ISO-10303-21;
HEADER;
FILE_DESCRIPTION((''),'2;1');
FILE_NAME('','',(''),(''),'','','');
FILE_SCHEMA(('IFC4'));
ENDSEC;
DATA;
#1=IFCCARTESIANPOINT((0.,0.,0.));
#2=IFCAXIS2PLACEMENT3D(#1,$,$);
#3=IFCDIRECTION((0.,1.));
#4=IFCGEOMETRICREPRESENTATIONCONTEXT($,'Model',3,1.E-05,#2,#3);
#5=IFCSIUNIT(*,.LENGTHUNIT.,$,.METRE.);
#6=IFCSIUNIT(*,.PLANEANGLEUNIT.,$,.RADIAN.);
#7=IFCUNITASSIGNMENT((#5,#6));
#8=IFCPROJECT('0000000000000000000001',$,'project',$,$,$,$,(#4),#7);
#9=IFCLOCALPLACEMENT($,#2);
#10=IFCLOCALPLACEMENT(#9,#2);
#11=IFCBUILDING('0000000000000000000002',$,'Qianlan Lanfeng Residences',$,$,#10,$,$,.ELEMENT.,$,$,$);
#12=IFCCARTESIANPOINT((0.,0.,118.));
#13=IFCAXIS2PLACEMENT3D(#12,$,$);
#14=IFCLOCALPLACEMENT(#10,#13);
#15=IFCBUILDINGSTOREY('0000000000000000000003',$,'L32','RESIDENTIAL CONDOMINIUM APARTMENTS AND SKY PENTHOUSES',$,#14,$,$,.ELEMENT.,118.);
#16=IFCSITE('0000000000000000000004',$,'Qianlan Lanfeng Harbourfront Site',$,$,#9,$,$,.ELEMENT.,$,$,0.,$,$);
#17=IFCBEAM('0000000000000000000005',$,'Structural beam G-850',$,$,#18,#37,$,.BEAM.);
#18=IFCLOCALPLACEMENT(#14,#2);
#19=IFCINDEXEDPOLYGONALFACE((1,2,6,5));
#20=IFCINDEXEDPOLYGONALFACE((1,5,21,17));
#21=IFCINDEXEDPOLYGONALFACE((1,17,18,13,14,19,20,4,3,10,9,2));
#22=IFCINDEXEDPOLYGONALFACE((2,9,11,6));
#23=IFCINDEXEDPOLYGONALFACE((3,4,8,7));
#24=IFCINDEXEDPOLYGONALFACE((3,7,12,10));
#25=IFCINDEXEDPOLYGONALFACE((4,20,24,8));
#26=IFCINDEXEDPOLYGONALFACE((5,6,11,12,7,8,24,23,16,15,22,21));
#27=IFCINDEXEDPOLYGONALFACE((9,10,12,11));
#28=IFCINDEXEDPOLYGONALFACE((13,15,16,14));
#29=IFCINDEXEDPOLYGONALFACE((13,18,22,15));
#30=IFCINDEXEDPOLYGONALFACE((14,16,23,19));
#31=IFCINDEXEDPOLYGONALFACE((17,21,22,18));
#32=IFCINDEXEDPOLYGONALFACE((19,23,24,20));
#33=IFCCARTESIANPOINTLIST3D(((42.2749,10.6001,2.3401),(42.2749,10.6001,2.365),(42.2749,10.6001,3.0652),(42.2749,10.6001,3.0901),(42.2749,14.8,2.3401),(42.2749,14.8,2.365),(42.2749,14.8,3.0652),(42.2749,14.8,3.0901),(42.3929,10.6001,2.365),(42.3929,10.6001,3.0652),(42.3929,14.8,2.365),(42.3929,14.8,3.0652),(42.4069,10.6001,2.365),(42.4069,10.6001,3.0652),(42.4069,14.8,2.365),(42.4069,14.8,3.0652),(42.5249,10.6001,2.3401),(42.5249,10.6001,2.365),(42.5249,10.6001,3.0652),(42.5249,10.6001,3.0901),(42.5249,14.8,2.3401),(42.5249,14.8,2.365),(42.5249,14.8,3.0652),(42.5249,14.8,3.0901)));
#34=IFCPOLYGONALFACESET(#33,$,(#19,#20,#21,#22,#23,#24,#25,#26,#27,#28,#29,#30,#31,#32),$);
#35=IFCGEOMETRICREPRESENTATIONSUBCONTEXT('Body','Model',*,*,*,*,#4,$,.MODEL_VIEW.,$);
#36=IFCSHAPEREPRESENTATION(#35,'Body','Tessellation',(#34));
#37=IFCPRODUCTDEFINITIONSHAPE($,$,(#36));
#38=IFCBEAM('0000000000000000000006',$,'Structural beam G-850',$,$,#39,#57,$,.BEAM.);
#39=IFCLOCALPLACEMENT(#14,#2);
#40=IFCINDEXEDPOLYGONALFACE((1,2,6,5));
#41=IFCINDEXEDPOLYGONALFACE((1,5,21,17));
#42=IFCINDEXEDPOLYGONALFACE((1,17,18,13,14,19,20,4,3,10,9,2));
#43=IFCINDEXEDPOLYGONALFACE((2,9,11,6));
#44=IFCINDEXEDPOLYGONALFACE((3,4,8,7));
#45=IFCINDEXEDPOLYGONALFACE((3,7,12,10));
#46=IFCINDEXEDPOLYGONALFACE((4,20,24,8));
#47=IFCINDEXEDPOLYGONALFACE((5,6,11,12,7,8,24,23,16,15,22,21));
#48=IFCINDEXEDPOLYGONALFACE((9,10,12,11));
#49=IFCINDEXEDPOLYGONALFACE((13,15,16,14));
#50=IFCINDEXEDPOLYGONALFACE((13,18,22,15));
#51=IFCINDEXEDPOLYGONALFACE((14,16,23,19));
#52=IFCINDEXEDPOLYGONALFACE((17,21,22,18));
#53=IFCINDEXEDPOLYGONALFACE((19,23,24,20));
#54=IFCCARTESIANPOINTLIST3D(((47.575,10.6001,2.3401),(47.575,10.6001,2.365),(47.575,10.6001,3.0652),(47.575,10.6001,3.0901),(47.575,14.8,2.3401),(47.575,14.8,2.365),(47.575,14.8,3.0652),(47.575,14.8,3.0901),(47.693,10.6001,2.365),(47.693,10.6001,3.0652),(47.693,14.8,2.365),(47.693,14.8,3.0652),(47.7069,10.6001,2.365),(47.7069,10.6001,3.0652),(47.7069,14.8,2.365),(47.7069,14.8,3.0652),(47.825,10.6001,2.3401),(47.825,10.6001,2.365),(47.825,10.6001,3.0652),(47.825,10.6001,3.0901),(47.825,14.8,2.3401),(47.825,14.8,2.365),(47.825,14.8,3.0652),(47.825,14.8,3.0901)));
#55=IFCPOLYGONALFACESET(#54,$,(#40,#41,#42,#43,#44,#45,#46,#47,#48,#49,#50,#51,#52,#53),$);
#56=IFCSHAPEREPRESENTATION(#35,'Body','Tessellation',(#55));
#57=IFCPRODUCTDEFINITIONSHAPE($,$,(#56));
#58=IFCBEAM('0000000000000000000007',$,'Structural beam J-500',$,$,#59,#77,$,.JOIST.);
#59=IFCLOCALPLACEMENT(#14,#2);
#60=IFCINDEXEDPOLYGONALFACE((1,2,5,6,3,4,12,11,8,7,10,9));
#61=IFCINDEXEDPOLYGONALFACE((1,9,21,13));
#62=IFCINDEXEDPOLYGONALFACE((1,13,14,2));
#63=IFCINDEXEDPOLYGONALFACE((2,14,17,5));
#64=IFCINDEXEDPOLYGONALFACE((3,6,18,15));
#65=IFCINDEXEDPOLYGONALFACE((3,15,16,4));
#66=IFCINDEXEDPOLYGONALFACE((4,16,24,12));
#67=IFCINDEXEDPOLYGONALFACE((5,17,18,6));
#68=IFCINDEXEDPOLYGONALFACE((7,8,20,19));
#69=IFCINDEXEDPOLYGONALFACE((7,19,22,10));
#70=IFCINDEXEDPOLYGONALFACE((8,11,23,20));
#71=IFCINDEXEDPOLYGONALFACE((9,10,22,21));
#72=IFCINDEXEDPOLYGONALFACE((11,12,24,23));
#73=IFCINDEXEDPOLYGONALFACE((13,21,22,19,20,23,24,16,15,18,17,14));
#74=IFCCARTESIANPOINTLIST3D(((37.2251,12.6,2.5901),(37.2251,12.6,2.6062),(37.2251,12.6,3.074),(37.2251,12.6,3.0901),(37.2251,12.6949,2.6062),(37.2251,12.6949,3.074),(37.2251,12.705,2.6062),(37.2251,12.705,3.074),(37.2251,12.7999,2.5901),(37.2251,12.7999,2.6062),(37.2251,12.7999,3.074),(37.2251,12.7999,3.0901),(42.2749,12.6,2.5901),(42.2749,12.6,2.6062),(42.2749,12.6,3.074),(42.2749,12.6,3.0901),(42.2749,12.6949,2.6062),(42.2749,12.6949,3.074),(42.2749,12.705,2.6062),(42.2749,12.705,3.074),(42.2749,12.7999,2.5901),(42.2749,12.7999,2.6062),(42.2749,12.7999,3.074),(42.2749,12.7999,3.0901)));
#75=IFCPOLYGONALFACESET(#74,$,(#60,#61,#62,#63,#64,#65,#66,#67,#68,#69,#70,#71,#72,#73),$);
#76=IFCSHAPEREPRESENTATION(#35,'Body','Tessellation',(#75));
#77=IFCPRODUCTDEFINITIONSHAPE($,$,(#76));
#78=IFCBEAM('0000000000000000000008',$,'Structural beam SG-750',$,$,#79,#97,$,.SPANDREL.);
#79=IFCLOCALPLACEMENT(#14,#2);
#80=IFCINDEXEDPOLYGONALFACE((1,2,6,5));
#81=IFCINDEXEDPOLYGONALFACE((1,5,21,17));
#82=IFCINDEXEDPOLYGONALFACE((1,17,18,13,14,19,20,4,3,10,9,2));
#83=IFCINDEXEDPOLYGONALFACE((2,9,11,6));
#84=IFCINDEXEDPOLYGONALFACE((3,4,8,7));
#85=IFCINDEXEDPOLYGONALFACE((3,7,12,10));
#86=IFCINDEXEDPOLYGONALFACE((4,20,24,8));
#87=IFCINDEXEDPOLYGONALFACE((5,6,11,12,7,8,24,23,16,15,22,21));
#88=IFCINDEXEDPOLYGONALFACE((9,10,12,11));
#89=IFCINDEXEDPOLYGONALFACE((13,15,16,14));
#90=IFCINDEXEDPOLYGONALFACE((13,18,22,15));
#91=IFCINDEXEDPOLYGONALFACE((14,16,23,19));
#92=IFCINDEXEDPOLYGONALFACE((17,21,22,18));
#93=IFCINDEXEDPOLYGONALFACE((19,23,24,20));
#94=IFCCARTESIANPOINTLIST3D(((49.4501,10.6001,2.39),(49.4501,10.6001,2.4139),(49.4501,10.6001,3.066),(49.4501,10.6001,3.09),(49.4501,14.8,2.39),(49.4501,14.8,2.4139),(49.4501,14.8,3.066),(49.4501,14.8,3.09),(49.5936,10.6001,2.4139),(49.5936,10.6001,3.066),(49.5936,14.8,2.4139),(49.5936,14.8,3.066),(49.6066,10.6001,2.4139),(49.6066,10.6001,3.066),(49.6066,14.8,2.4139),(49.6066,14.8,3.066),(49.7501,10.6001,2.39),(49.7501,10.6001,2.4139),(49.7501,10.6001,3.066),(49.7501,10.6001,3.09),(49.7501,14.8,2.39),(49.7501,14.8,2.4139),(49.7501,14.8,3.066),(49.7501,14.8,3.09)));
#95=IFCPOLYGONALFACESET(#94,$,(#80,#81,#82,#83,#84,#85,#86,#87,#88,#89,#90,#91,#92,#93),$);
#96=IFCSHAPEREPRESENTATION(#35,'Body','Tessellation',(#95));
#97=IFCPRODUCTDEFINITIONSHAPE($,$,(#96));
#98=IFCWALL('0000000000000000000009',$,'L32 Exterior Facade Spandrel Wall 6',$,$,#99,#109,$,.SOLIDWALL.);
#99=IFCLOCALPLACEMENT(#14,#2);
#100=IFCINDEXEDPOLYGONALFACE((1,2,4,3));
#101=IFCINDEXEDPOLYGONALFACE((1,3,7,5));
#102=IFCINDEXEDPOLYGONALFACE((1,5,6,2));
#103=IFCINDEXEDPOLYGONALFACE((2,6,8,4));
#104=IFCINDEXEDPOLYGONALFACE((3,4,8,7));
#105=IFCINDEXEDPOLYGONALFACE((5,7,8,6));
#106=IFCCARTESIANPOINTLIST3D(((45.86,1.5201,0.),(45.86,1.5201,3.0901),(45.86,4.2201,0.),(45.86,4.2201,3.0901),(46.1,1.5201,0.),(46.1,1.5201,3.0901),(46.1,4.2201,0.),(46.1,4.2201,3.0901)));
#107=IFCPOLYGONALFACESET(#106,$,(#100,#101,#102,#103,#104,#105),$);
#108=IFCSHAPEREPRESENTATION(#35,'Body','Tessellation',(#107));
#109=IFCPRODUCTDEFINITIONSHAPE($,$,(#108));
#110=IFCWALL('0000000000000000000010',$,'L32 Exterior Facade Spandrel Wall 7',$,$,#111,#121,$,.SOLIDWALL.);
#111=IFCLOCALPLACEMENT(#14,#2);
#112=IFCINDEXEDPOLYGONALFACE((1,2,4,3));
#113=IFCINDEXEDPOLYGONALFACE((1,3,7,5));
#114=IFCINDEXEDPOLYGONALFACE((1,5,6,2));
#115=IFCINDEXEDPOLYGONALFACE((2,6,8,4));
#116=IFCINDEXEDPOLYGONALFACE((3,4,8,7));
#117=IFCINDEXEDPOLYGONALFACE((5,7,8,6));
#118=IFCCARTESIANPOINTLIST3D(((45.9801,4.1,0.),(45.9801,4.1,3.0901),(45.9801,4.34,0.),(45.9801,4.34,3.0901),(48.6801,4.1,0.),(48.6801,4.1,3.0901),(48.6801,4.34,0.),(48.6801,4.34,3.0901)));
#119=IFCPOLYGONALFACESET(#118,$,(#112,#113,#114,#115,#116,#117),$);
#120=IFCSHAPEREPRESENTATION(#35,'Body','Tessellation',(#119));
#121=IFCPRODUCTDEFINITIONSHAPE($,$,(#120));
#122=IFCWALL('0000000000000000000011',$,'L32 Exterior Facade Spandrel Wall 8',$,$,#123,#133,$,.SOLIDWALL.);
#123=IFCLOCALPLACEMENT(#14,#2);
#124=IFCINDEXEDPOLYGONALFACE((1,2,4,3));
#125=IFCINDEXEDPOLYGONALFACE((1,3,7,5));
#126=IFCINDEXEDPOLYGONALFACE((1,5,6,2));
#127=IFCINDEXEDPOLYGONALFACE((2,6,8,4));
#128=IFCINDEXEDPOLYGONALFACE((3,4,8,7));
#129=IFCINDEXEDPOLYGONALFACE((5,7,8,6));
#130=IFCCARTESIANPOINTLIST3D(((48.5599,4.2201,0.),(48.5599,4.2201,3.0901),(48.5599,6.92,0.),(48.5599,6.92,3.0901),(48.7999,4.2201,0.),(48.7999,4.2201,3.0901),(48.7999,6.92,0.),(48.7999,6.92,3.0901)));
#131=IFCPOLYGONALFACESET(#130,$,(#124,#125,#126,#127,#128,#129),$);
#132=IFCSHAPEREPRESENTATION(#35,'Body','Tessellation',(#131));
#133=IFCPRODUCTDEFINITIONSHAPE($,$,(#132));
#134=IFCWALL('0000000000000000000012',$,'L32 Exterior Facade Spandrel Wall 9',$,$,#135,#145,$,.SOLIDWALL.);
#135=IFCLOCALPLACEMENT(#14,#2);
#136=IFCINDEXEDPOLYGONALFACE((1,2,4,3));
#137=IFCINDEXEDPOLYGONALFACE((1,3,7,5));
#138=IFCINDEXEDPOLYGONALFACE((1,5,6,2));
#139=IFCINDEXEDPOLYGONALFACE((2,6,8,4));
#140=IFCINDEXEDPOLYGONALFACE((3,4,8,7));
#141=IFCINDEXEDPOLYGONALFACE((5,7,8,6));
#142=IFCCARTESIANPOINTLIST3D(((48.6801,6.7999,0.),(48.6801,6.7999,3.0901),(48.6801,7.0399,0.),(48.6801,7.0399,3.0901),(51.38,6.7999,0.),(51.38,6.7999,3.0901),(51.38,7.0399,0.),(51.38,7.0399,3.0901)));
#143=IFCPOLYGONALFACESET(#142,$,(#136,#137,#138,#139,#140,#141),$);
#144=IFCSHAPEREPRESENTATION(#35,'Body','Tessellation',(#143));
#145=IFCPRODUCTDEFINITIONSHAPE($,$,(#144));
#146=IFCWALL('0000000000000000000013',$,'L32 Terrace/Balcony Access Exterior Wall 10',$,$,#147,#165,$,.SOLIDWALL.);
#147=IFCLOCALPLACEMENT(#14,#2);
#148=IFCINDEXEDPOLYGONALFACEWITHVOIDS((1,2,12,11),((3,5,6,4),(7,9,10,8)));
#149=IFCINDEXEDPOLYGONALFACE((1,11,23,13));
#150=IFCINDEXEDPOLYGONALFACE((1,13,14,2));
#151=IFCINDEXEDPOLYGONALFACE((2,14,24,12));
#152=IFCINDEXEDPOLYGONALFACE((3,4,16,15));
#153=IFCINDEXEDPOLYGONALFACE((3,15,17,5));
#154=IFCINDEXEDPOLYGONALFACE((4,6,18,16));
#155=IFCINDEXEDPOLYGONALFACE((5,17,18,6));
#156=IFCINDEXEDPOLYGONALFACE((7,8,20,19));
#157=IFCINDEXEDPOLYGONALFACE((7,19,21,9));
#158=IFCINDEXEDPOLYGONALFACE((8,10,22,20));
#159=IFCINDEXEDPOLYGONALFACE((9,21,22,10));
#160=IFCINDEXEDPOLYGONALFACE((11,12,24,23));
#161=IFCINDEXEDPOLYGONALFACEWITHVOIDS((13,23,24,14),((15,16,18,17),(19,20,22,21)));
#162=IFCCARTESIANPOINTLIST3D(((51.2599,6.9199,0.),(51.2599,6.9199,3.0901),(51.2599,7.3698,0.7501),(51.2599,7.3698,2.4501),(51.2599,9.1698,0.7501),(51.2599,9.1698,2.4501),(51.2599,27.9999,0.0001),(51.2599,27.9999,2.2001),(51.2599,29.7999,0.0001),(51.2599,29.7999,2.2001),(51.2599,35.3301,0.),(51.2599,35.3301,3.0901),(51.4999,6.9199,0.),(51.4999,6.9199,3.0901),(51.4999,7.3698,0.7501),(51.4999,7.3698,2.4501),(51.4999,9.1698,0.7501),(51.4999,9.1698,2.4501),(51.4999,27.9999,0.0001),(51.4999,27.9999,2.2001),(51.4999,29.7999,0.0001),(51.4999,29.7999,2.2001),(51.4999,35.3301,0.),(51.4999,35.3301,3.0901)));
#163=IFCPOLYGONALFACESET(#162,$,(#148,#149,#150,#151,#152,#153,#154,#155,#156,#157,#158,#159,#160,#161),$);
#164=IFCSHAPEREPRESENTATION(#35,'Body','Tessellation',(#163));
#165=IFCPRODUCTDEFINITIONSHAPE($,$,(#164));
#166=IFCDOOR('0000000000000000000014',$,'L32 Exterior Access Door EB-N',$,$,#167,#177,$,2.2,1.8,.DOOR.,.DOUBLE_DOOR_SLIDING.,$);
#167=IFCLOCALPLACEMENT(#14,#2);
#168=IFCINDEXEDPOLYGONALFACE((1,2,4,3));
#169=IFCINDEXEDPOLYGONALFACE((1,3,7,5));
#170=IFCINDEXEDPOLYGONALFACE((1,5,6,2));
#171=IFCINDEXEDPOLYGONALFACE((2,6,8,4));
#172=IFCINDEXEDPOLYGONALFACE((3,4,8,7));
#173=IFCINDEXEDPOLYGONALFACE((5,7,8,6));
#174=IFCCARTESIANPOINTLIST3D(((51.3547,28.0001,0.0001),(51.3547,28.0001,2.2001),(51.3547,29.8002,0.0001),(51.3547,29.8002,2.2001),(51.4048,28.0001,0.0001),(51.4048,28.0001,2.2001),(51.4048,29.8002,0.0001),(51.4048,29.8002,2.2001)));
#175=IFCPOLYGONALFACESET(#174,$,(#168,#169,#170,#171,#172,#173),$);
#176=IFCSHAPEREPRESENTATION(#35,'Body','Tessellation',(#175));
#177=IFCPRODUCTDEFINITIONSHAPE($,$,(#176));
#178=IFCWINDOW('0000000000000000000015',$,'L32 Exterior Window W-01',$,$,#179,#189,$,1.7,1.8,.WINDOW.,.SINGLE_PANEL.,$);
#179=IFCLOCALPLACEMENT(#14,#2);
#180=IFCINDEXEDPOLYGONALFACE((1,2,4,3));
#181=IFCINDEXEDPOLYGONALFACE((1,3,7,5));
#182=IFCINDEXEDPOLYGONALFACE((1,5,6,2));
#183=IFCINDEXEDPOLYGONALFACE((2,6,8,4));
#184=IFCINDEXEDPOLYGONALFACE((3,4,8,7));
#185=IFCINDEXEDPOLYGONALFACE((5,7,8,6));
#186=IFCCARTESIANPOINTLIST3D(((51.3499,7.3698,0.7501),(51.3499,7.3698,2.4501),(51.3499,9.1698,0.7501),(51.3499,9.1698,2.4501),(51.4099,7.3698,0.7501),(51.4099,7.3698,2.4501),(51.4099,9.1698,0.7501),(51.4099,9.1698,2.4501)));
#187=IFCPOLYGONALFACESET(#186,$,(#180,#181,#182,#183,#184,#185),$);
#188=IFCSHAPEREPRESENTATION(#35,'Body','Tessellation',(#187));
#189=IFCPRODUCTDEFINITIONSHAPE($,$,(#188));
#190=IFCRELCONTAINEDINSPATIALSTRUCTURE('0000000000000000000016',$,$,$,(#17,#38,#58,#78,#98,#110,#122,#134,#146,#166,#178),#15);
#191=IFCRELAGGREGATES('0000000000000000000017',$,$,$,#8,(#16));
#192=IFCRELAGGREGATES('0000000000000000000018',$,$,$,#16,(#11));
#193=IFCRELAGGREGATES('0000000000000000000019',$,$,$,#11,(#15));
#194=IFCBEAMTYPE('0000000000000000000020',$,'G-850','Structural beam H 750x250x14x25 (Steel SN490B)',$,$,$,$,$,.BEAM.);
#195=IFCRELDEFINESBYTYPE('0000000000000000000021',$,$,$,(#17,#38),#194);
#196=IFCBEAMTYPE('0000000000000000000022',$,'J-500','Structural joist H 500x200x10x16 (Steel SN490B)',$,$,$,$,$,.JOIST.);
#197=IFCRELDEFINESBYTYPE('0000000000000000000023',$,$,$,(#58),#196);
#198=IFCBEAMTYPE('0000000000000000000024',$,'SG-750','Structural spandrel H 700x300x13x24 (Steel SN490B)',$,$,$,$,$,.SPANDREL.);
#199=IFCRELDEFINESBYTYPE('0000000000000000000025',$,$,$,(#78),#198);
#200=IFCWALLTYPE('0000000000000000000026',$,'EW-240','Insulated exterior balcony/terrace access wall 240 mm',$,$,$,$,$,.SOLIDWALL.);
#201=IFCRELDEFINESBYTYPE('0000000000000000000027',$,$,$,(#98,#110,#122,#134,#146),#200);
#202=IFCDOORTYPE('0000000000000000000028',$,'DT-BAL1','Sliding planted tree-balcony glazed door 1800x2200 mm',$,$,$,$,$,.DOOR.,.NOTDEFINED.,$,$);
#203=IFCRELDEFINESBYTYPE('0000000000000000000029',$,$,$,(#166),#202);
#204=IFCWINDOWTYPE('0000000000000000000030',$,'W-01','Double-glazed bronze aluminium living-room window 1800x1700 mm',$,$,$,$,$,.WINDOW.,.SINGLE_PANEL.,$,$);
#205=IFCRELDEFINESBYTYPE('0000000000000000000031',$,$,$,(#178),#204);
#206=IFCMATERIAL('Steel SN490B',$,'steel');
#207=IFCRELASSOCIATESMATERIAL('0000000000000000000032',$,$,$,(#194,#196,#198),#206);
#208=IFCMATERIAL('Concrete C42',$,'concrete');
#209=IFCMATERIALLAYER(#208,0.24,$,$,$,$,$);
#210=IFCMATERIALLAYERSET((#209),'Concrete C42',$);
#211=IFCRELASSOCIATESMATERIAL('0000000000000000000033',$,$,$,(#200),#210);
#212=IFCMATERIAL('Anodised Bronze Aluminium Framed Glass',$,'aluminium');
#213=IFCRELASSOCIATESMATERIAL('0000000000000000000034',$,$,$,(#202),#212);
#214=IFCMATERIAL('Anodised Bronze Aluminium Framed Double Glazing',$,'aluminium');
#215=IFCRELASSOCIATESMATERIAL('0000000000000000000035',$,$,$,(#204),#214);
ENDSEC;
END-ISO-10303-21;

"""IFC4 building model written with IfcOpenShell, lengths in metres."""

from ifc_helpers import new_model, si_unit, direction, frame, frame_2d, origin, origin_2d, place, context, subcontext, project, spatial, rectangle, i_section, extrude, material, layer, layer_set, material_profile, profile_set, type_object, element, fill, save


model = new_model("IFC4")

# Units and contexts
model_context = context("Model", 3, precision=1e-05, world=origin(), true_north=direction((0.0, 1.0)))
body_context = subcontext(model_context, "Body", "Model", "MODEL_VIEW")
ifc_project = project(units=[si_unit("LENGTHUNIT", "METRE"), si_unit("PLANEANGLEUNIT", "RADIAN")], contexts=[model_context])

# Site, building, storey
site_placement = place(None, origin())
site = spatial("IfcSite", under=ifc_project, at=site_placement, Name="Qianlan Lanfeng Harbourfront Site", CompositionType="ELEMENT", RefElevation=0.0)
building_placement = place(site_placement, origin())
building = spatial("IfcBuilding", under=site, at=building_placement, Name="Qianlan Lanfeng Residences", CompositionType="ELEMENT")
storey_placement = place(building_placement, frame((0.0, 0.0, 118.0)))
storey = spatial("IfcBuildingStorey", under=building, at=storey_placement, Name="L32", Description="RESIDENTIAL CONDOMINIUM APARTMENTS AND SKY PENTHOUSES", CompositionType="ELEMENT", Elevation=118.0)

# Shared definitions
ifc_material_1 = material(Name="Steel SN490B", Category="steel")

# Beams
ifc_material_profile_1 = material_profile(ifc_material_1, i_section(OverallWidth=0.25, OverallDepth=0.75, WebThickness=0.0139, FlangeThickness=0.0249, at=origin_2d()), Name="H 750x250x14x25")
ifc_profile_set_1 = profile_set([ifc_material_profile_1], Name="Steel SN490B")
beam_type_1 = type_object("IfcBeamType", Name="G-850", Description="Structural beam H 750x250x14x25 (Steel SN490B)", PredefinedType="BEAM", material=ifc_profile_set_1)
for number, where, z_axis, x_axis, name in (
    (1, (42.3999, 10.6001, 2.7151), (0.0, 1.0, 0.0), (-1.0, 0.0, 0.0), "Structural beam G-850"),
    (2, (47.7, 10.6001, 2.7151), (0.0, 1.0, 0.0), (-1.0, 0.0, 0.0), "Structural beam G-850"),
):
    element("IfcBeam", number, at=place(storey_placement, frame(where, z_axis=z_axis, x_axis=x_axis)), inside=storey, type_object=beam_type_1, Name=name, PredefinedType="BEAM", context=body_context, shape_type="SweptSolid", body=[
        extrude(i_section(OverallWidth=0.25, OverallDepth=0.75, WebThickness=0.0139, FlangeThickness=0.0249, at=origin_2d()), origin(), (0.0, 0.0, 1.0), 4.2),
    ])
ifc_material_profile_2 = material_profile(ifc_material_1, i_section(OverallWidth=0.2, OverallDepth=0.5, WebThickness=0.01, FlangeThickness=0.0161, at=origin_2d()), Name="H 500x200x10x16")
ifc_profile_set_2 = profile_set([ifc_material_profile_2], Name="Steel SN490B")
beam_type_2 = type_object("IfcBeamType", Name="J-500", Description="Structural joist H 500x200x10x16 (Steel SN490B)", PredefinedType="JOIST", material=ifc_profile_set_2)
beam_1_placement = place(storey_placement, frame((37.2251, 12.7, 2.8401), z_axis=(1.0, 0.0, 0.0), x_axis=(0.0, 1.0, 0.0)))
element("IfcBeam", 3, at=beam_1_placement, inside=storey, type_object=beam_type_2, Name="Structural beam J-500", PredefinedType="JOIST", context=body_context, shape_type="SweptSolid", body=[
    extrude(i_section(OverallWidth=0.2, OverallDepth=0.5, WebThickness=0.01, FlangeThickness=0.0161, at=origin_2d()), origin(), (0.0, 0.0, 1.0), 5.0498),
])
ifc_material_profile_3 = material_profile(ifc_material_1, i_section(OverallWidth=0.3, OverallDepth=0.7, WebThickness=0.0129, FlangeThickness=0.0239, at=origin_2d()), Name="H 700x300x13x24")
ifc_profile_set_3 = profile_set([ifc_material_profile_3], Name="Steel SN490B")
beam_type_3 = type_object("IfcBeamType", Name="SG-750", Description="Structural spandrel H 700x300x13x24 (Steel SN490B)", PredefinedType="SPANDREL", material=ifc_profile_set_3)
beam_2_placement = place(storey_placement, frame((49.6001, 10.6001, 2.74), z_axis=(0.0, 1.0, 0.0), x_axis=(-1.0, 0.0, 0.0)))
element("IfcBeam", 4, at=beam_2_placement, inside=storey, type_object=beam_type_3, Name="Structural beam SG-750", PredefinedType="SPANDREL", context=body_context, shape_type="SweptSolid", body=[
    extrude(i_section(OverallWidth=0.3, OverallDepth=0.7, WebThickness=0.0129, FlangeThickness=0.0239, at=origin_2d()), origin(), (0.0, 0.0, 1.0), 4.2),
])

# Walls
ifc_material_2 = material(Name="Concrete C42", Category="concrete")
ifc_layer_1 = layer(ifc_material_2, 0.24)
ifc_layer_set_1 = layer_set([ifc_layer_1], Name="Concrete C42")
wall_type_1 = type_object("IfcWallType", Name="EW-240", Description="Insulated exterior balcony/terrace access wall 240 mm", PredefinedType="SOLIDWALL", material=ifc_layer_set_1)
for number, where, z_axis, x_axis, name in (
    (5, (45.98, 1.52, 0.0), (0.0, 0.0, 1.0), (0.0, 1.0, 0.0), "L32 Exterior Facade Spandrel Wall 6"),
    (6, (45.98, 4.22, 0.0), (0.0, 0.0, 1.0), (1.0, 0.0, 0.0), "L32 Exterior Facade Spandrel Wall 7"),
    (7, (48.6799, 4.22, 0.0), (0.0, 0.0, 1.0), (0.0, 1.0, 0.0), "L32 Exterior Facade Spandrel Wall 8"),
    (8, (48.6799, 6.9199, 0.0), (0.0, 0.0, 1.0), (1.0, 0.0, 0.0), "L32 Exterior Facade Spandrel Wall 9"),
):
    element("IfcWall", number, at=place(storey_placement, frame(where, z_axis=z_axis, x_axis=x_axis)), inside=storey, type_object=wall_type_1, Name=name, PredefinedType="SOLIDWALL", context=body_context, shape_type="SweptSolid", body=[
        extrude(rectangle(XDim=2.7, YDim=0.24, at=frame_2d((1.3501, 0.0))), origin(), (0.0, 0.0, 1.0), 3.0901),
    ])

# Wall, openings, door, window
wall_1_placement = place(storey_placement, frame((51.3799, 6.9199, 0.0), z_axis=(0.0, 0.0, 1.0), x_axis=(0.0, 1.0, 0.0)))
wall_1 = element("IfcWall", 9, at=wall_1_placement, inside=storey, type_object=wall_type_1, Name="L32 Terrace/Balcony Access Exterior Wall 10", PredefinedType="SOLIDWALL", context=body_context, shape_type="SweptSolid", body=[
    extrude(rectangle(XDim=28.4102, YDim=0.24, at=frame_2d((14.2051, 0.0))), origin(), (0.0, 0.0, 1.0), 3.0901),
])
opening_1_placement = place(wall_1_placement, frame((21.0801, 0.0, 0.0)))
opening_1 = element("IfcOpeningElement", 10, at=opening_1_placement, cuts=wall_1, PredefinedType="OPENING", context=body_context, shape_type="SweptSolid", body=[
    extrude(rectangle(XDim=1.8, YDim=2.2, at=frame_2d((0.8999, 1.1001))), frame((0.0, 0.1299, 0.0), z_axis=(0.0, -1.0, 0.0), x_axis=(1.0, 0.0, 0.0)), (0.0, 0.0, 1.0), 0.26),
])
opening_2_placement = place(wall_1_placement, frame((0.45, 0.0, 0.75)))
opening_2 = element("IfcOpeningElement", 11, at=opening_2_placement, cuts=wall_1, PredefinedType="OPENING", context=body_context, shape_type="SweptSolid", body=[
    extrude(rectangle(XDim=1.8, YDim=1.7, at=frame_2d((0.8999, 0.8501))), frame((0.0, 0.1299, 0.0), z_axis=(0.0, -1.0, 0.0), x_axis=(1.0, 0.0, 0.0)), (0.0, 0.0, 1.0), 0.26),
])
ifc_material_3 = material(Name="Anodised Bronze Aluminium Framed Glass", Category="aluminium")
door_type_1 = type_object("IfcDoorType", Name="DT-BAL1", Description="Sliding planted tree-balcony glazed door 1800x2200 mm", OperationType="NOTDEFINED", PredefinedType="DOOR", material=ifc_material_3)
door_1_placement = place(opening_1_placement, frame((1.8, 0.0, 0.0), z_axis=(0.0, 0.0, 1.0), x_axis=(-1.0, 0.0, 0.0)))
door_1 = element("IfcDoor", 12, at=door_1_placement, inside=storey, type_object=door_type_1, Name="L32 Exterior Access Door EB-N", OperationType="DOUBLE_DOOR_SLIDING", OverallHeight=2.2, OverallWidth=1.8, PredefinedType="DOOR", context=body_context, shape_type="SweptSolid", body=[
    extrude(rectangle(XDim=1.8, YDim=2.2, at=frame_2d((0.8999, 1.1001))), frame((0.0, 0.0249, 0.0), z_axis=(0.0, -1.0, 0.0), x_axis=(1.0, 0.0, 0.0)), (0.0, 0.0, 1.0), 0.05),
])
fill(opening_1, door_1)
ifc_material_4 = material(Name="Anodised Bronze Aluminium Framed Double Glazing", Category="aluminium")
window_type = type_object("IfcWindowType", Name="W-01", Description="Double-glazed bronze aluminium living-room window 1800x1700 mm", PartitioningType="SINGLE_PANEL", PredefinedType="WINDOW", material=ifc_material_4)
window_placement = place(opening_2_placement, origin())
window = element("IfcWindow", 13, at=window_placement, inside=storey, type_object=window_type, Name="L32 Exterior Window W-01", OverallHeight=1.7, OverallWidth=1.8, PartitioningType="SINGLE_PANEL", PredefinedType="WINDOW", context=body_context, shape_type="SweptSolid", body=[
    extrude(rectangle(XDim=1.8, YDim=1.7, at=frame_2d((0.8999, 0.8501))), frame((0.0, 0.03, 0.0), z_axis=(0.0, -1.0, 0.0), x_axis=(1.0, 0.0, 0.0)), (0.0, 0.0, 1.0), 0.0601),
])
fill(opening_2, window)

save(model, "model.ifc")
